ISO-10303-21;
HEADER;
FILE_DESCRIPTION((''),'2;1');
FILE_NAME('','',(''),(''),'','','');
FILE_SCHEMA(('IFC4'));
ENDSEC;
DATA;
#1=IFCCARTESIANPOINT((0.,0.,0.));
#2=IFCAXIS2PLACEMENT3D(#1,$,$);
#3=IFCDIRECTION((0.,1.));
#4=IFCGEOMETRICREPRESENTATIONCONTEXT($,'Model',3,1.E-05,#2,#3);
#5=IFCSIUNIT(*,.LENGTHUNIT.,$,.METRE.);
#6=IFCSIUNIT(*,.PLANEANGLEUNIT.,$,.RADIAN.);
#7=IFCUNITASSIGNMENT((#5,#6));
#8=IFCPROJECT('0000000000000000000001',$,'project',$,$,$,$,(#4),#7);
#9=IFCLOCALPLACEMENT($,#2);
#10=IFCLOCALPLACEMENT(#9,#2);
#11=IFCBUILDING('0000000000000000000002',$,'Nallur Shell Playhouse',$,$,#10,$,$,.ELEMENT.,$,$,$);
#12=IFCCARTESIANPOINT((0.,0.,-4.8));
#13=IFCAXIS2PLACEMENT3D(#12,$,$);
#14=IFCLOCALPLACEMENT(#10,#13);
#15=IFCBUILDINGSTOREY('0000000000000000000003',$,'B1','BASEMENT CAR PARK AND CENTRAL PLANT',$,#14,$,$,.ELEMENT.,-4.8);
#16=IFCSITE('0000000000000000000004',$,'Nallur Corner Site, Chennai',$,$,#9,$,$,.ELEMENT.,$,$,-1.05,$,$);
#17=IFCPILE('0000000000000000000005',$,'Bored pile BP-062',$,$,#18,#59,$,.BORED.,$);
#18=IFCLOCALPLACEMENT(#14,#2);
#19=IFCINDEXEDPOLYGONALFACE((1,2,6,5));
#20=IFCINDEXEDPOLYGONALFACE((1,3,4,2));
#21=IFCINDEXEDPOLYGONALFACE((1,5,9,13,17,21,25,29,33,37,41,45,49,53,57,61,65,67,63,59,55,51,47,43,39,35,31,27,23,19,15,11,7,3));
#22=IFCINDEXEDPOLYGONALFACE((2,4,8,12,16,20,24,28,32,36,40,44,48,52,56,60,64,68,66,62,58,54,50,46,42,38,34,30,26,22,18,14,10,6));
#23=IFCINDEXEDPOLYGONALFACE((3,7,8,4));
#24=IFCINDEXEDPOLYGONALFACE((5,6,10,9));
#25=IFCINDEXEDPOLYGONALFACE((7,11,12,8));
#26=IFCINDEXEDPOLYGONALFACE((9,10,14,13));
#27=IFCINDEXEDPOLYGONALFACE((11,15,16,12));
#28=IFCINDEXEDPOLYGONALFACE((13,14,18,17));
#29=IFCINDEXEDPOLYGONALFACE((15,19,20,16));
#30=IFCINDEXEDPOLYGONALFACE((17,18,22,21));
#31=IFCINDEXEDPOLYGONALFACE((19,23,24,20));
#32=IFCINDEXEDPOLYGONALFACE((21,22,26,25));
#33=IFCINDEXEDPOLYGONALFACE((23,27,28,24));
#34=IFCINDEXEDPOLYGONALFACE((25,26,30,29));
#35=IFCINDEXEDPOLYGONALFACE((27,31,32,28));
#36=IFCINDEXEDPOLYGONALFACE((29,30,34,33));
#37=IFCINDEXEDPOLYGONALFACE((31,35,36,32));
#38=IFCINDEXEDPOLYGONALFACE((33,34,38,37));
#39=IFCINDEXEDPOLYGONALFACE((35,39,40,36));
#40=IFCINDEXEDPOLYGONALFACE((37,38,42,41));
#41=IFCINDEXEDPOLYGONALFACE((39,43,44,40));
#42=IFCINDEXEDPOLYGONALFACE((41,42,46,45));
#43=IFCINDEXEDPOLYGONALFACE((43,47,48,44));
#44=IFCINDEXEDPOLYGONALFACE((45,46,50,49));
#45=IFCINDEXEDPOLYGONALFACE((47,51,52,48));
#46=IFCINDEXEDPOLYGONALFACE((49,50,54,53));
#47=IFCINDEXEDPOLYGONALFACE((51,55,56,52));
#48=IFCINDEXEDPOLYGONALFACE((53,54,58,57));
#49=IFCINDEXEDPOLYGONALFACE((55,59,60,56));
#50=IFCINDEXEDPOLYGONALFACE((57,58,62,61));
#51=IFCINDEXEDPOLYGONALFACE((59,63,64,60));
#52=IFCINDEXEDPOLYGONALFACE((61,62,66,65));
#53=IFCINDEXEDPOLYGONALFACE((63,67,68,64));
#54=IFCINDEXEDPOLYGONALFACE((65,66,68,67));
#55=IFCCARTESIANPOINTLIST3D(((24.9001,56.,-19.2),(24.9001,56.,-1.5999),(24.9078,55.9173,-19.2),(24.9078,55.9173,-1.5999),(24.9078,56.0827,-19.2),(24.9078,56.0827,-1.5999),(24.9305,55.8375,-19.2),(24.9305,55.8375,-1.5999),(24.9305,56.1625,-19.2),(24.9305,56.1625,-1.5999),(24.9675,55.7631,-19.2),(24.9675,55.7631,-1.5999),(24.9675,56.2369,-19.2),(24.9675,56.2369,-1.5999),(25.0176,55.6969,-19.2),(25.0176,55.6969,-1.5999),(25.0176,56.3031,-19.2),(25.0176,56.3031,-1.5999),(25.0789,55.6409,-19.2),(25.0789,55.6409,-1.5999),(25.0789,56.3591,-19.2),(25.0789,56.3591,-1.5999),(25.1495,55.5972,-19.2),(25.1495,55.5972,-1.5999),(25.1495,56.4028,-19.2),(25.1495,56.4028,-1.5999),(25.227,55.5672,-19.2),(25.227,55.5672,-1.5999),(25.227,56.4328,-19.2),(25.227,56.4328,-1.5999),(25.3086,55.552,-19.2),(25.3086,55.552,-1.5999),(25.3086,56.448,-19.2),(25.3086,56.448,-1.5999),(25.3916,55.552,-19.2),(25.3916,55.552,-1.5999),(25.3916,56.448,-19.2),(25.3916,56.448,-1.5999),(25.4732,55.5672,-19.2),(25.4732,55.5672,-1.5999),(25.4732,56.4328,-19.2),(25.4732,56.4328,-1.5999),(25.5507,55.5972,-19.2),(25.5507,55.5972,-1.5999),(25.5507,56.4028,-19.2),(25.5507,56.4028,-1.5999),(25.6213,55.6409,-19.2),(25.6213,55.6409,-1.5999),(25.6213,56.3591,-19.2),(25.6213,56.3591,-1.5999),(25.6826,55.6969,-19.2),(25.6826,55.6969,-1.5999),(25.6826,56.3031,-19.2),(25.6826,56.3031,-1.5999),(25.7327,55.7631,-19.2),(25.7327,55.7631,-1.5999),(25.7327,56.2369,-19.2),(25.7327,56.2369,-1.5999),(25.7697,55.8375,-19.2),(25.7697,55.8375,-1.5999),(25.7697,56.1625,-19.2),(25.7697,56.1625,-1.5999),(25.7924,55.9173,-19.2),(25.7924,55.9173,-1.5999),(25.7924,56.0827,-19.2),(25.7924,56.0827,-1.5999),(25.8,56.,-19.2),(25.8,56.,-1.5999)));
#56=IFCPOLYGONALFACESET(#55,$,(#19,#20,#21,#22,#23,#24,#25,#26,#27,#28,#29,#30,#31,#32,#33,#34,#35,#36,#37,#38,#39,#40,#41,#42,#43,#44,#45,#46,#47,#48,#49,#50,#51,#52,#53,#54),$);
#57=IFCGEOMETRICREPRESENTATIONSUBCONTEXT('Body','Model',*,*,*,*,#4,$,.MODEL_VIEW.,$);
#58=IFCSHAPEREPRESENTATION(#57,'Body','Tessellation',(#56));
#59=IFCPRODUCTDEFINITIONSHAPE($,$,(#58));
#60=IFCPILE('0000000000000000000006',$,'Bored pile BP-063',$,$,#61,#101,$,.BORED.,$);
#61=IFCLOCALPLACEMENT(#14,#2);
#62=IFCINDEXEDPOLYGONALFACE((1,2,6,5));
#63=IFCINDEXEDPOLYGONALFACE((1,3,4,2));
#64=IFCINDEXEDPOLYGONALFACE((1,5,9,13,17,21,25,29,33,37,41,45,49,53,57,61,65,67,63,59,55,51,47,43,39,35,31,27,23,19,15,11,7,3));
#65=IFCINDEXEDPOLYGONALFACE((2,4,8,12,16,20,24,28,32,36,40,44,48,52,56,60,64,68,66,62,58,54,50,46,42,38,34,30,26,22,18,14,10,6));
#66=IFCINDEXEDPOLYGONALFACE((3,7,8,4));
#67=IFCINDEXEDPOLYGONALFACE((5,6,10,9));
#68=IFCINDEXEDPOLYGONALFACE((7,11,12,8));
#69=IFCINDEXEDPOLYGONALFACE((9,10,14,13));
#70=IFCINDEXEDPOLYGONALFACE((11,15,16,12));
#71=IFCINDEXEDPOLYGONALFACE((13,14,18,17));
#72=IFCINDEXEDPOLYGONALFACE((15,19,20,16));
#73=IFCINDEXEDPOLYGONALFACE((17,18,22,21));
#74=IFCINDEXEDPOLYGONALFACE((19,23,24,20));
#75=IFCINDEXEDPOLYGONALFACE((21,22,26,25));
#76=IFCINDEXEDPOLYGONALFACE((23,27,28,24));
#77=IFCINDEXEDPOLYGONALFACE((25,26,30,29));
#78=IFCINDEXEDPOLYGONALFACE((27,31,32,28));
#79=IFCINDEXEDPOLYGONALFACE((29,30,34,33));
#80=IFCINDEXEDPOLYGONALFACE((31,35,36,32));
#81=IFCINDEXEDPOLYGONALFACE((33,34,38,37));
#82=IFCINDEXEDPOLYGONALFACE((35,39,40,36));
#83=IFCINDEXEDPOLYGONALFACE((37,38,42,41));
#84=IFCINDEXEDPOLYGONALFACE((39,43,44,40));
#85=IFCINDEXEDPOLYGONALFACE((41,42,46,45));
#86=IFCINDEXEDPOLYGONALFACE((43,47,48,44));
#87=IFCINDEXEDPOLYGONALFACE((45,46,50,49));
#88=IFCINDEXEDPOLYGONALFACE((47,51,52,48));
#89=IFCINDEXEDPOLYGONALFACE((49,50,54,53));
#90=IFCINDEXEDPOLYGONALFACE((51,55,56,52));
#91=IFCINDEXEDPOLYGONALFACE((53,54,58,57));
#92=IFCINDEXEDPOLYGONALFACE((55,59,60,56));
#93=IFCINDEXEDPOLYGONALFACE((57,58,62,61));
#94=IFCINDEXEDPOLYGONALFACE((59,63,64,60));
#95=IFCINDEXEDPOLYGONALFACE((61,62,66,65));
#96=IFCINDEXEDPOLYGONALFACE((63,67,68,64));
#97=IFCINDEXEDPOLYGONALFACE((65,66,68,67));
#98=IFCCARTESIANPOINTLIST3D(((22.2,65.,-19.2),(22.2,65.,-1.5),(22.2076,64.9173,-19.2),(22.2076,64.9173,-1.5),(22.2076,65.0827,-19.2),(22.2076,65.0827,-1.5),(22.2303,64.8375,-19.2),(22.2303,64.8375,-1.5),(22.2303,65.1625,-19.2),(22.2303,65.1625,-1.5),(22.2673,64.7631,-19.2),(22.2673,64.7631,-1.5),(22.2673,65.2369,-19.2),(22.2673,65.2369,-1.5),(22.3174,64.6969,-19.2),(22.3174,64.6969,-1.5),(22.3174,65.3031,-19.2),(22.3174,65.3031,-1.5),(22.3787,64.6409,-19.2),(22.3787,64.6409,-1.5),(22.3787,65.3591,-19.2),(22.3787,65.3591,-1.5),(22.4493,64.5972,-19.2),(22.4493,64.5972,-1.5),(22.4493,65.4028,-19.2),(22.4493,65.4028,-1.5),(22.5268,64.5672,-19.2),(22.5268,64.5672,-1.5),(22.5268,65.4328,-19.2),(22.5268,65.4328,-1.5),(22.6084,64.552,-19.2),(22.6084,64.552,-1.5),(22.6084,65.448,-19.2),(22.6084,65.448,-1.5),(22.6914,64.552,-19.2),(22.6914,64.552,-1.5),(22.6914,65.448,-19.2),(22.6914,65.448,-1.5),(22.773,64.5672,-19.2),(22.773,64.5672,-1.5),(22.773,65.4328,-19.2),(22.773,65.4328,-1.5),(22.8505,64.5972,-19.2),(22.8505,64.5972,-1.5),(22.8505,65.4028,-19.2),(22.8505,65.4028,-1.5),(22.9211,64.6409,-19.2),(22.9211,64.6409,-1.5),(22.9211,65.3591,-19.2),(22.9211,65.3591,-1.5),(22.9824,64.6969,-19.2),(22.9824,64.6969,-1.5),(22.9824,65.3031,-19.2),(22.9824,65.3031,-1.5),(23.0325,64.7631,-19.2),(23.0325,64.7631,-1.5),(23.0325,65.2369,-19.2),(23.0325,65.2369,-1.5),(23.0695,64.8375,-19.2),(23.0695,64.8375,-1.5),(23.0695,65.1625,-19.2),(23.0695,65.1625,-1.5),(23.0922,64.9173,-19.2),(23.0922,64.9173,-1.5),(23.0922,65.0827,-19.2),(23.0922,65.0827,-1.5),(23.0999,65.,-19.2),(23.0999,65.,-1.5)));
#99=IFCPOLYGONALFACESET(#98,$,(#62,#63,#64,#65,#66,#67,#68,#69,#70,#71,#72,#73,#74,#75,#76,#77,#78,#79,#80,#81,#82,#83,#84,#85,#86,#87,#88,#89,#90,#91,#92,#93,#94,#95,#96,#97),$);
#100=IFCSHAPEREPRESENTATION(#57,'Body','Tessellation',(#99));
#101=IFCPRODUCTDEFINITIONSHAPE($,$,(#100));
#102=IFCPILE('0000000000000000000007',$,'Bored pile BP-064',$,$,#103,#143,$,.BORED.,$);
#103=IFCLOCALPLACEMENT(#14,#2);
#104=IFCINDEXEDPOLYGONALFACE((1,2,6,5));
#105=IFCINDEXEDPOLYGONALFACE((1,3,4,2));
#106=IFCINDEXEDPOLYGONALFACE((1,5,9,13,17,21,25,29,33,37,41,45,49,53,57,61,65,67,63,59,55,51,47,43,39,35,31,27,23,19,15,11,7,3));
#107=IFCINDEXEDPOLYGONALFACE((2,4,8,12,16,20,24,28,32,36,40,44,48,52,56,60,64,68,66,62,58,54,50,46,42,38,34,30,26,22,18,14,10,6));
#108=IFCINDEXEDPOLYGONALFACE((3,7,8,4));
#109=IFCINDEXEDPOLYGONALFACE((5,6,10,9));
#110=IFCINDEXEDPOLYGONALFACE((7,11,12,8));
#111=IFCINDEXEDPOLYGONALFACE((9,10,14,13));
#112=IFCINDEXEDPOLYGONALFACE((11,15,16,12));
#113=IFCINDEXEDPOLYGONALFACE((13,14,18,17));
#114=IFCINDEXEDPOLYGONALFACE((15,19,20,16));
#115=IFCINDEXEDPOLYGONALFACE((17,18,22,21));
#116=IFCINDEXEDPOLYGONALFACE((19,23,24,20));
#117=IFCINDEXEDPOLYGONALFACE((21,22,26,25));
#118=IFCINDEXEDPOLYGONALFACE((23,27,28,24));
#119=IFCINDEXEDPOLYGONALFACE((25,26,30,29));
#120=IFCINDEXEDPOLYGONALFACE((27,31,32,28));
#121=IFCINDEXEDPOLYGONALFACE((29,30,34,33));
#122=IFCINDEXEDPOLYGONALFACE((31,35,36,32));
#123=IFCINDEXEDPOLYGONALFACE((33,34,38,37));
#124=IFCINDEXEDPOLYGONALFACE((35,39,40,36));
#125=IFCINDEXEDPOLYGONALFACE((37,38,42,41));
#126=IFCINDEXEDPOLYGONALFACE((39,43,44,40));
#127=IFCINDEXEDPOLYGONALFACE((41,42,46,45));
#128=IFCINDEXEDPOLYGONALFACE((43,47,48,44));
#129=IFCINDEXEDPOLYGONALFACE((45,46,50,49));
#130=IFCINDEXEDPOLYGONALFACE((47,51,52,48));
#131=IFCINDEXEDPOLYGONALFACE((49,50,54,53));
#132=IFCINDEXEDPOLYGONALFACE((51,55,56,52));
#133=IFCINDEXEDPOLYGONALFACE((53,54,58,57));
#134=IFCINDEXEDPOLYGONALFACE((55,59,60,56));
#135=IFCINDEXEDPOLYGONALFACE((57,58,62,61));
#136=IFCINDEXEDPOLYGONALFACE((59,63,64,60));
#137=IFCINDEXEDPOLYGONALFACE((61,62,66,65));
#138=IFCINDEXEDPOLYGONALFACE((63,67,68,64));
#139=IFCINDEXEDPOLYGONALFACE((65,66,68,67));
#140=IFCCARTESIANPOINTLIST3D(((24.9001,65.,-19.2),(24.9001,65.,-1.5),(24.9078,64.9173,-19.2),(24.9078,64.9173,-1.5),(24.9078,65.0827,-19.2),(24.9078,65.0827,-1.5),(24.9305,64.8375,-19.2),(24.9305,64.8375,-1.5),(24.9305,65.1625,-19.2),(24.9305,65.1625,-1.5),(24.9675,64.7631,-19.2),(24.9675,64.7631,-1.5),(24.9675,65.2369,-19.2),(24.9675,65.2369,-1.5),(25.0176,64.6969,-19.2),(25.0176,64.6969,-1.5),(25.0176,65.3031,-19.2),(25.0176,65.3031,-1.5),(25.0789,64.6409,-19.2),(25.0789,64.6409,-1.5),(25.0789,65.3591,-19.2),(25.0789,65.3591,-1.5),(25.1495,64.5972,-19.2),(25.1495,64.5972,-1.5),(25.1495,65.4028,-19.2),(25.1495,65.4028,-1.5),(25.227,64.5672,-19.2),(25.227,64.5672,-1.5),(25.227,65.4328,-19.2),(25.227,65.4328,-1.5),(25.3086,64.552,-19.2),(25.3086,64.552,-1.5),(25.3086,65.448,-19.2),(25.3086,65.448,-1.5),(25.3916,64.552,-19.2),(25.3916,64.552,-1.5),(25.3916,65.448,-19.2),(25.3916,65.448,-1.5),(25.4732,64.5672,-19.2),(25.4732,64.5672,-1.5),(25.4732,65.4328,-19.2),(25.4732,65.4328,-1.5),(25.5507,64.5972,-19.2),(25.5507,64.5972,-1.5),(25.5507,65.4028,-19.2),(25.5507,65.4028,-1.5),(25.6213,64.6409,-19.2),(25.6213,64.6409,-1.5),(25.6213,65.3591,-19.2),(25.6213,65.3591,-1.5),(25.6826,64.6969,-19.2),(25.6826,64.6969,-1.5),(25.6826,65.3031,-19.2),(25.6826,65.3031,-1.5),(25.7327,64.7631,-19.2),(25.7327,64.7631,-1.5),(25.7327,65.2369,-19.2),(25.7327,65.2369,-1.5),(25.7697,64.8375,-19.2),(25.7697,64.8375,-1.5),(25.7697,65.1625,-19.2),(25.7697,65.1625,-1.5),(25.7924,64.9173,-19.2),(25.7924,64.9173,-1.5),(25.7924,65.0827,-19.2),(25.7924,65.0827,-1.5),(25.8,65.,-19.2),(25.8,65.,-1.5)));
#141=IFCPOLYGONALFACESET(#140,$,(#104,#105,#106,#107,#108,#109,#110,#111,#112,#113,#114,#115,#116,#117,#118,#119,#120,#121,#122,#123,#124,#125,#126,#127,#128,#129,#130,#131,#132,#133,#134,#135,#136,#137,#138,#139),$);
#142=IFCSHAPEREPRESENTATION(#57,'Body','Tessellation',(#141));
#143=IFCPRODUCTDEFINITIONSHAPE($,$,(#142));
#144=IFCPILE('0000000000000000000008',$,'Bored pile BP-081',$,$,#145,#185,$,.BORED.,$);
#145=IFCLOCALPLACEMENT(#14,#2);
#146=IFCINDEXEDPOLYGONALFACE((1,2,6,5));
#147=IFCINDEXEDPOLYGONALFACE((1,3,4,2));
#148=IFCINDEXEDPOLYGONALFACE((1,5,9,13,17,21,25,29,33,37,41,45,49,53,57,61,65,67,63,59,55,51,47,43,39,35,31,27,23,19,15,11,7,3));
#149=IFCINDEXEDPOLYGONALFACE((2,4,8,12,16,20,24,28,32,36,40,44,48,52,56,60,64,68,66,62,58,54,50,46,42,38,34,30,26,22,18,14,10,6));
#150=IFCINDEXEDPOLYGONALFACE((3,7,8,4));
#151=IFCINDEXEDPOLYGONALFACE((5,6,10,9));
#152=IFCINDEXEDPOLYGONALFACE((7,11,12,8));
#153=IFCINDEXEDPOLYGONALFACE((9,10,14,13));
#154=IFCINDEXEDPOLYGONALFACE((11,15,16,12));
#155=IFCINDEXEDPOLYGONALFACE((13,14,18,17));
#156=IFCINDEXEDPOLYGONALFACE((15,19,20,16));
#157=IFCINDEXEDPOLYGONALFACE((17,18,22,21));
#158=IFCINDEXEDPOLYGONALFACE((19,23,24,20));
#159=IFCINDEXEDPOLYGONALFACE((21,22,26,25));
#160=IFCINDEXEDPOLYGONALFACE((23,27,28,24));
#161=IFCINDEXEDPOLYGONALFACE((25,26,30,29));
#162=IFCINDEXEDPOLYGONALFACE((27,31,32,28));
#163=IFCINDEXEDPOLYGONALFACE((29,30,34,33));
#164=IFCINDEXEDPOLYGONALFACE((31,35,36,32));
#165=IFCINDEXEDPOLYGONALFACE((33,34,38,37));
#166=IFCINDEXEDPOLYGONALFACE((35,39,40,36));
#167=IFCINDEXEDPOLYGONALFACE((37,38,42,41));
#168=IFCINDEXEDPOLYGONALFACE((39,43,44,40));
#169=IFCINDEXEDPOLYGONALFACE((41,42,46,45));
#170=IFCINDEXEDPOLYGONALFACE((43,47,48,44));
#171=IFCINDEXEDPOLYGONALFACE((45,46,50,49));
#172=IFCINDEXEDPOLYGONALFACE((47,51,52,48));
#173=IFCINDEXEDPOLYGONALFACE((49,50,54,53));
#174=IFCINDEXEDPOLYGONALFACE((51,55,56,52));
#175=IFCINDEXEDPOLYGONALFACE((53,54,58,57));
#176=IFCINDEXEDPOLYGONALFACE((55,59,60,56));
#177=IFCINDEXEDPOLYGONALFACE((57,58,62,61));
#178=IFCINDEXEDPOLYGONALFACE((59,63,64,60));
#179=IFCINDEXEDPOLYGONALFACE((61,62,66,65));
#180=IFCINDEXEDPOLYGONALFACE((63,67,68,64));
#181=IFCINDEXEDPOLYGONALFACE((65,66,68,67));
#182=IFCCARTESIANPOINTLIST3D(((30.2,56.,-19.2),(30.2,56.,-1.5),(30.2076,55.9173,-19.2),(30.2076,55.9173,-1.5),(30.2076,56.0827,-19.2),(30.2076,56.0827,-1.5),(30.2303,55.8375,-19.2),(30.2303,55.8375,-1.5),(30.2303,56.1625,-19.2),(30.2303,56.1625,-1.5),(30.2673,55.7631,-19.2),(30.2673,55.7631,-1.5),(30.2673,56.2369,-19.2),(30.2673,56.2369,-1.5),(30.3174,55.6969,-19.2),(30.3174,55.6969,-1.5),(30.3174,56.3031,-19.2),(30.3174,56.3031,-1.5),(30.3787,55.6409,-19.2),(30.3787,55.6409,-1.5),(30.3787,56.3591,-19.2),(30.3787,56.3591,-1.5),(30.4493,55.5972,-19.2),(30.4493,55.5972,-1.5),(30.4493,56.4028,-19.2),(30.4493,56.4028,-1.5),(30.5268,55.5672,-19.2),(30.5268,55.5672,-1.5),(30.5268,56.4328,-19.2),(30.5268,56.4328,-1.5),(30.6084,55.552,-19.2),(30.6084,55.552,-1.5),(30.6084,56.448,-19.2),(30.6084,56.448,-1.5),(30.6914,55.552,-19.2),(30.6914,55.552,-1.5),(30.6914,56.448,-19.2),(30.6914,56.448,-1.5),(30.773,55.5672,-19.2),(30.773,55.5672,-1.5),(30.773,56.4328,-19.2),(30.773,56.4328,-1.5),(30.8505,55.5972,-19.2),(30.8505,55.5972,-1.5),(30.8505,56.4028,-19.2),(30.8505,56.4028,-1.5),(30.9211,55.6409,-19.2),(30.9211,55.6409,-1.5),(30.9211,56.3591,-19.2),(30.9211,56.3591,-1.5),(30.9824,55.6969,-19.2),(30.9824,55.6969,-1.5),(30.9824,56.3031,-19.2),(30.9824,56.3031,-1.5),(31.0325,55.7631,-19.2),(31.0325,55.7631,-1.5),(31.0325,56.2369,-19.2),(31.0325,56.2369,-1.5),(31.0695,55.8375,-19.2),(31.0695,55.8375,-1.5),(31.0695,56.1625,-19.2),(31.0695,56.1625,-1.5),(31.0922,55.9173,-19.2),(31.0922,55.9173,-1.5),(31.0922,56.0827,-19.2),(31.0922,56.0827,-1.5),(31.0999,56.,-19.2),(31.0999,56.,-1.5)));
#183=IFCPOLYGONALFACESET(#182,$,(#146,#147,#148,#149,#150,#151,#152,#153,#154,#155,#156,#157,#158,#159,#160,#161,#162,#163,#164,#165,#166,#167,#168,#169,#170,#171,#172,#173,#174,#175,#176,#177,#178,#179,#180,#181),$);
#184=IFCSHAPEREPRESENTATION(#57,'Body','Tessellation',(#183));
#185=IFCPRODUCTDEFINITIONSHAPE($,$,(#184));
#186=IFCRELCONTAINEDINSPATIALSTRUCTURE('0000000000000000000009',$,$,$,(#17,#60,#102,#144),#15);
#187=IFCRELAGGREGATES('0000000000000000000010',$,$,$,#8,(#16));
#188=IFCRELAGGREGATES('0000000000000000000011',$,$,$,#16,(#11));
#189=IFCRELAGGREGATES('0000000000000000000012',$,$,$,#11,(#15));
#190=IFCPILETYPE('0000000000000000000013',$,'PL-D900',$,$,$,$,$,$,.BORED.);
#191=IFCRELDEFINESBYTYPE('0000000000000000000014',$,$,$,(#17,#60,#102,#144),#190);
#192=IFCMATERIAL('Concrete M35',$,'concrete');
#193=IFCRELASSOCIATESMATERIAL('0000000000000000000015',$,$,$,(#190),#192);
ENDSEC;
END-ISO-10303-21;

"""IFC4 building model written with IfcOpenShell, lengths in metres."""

from ifc_helpers import new_model, si_unit, direction, frame, origin, origin_2d, place, context, subcontext, project, spatial, circle, extrude, material, material_profile, profile_set, type_object, element, save


model = new_model("IFC4")

# Units and contexts
model_context = context("Model", 3, precision=1e-05, world=origin(), true_north=direction((0.0, 1.0)))
body_context = subcontext(model_context, "Body", "Model", "MODEL_VIEW")
ifc_project = project(units=[si_unit("LENGTHUNIT", "METRE"), si_unit("PLANEANGLEUNIT", "RADIAN")], contexts=[model_context])

# Site, building, storey
site_placement = place(None, origin())
site = spatial("IfcSite", under=ifc_project, at=site_placement, Name="Nallur Corner Site, Chennai", CompositionType="ELEMENT", RefElevation=-1.05)
building_placement = place(site_placement, origin())
building = spatial("IfcBuilding", under=site, at=building_placement, Name="Nallur Shell Playhouse", CompositionType="ELEMENT")
storey_placement = place(building_placement, frame((0.0, 0.0, -4.8)))
storey = spatial("IfcBuildingStorey", under=building, at=storey_placement, Name="B1", Description="BASEMENT CAR PARK AND CENTRAL PLANT", CompositionType="ELEMENT", Elevation=-4.8)

# Shared definitions
ifc_material_1 = material(Name="Concrete M35", Category="concrete")

# Piles
ifc_material_profile_1 = material_profile(ifc_material_1, circle(Radius=0.45, at=origin_2d()), Name="BORED PILE D900")
ifc_profile_set_1 = profile_set([ifc_material_profile_1], Name="Concrete M35")
pile_type = type_object("IfcPileType", Name="PL-D900", PredefinedType="BORED", material=ifc_profile_set_1)
for number, where, z_axis, x_axis, name in (
    (1, (25.3501, 56.0, -1.5999), (0.0, 0.0, -1.0), (1.0, 0.0, 0.0), "Bored pile BP-062"),
):
    element("IfcPile", number, at=place(storey_placement, frame(where, z_axis=z_axis, x_axis=x_axis)), inside=storey, type_object=pile_type, Name=name, PredefinedType="BORED", context=body_context, shape_type="SweptSolid", body=[
        extrude(circle(Radius=0.45, at=origin_2d()), origin(), (0.0, 0.0, 1.0), 17.6001),
    ])
for number, where, z_axis, x_axis, name in (
    (2, (22.6499, 65.0, -1.5), (0.0, 0.0, -1.0), (1.0, 0.0, 0.0), "Bored pile BP-063"),
    (3, (25.3501, 65.0, -1.5), (0.0, 0.0, -1.0), (1.0, 0.0, 0.0), "Bored pile BP-064"),
    (4, (30.6499, 56.0, -1.5), (0.0, 0.0, -1.0), (1.0, 0.0, 0.0), "Bored pile BP-081"),
):
    element("IfcPile", number, at=place(storey_placement, frame(where, z_axis=z_axis, x_axis=x_axis)), inside=storey, type_object=pile_type, Name=name, PredefinedType="BORED", context=body_context, shape_type="SweptSolid", body=[
        extrude(circle(Radius=0.45, at=origin_2d()), origin(), (0.0, 0.0, 1.0), 17.7),
    ])

save(model, "model.ifc")
